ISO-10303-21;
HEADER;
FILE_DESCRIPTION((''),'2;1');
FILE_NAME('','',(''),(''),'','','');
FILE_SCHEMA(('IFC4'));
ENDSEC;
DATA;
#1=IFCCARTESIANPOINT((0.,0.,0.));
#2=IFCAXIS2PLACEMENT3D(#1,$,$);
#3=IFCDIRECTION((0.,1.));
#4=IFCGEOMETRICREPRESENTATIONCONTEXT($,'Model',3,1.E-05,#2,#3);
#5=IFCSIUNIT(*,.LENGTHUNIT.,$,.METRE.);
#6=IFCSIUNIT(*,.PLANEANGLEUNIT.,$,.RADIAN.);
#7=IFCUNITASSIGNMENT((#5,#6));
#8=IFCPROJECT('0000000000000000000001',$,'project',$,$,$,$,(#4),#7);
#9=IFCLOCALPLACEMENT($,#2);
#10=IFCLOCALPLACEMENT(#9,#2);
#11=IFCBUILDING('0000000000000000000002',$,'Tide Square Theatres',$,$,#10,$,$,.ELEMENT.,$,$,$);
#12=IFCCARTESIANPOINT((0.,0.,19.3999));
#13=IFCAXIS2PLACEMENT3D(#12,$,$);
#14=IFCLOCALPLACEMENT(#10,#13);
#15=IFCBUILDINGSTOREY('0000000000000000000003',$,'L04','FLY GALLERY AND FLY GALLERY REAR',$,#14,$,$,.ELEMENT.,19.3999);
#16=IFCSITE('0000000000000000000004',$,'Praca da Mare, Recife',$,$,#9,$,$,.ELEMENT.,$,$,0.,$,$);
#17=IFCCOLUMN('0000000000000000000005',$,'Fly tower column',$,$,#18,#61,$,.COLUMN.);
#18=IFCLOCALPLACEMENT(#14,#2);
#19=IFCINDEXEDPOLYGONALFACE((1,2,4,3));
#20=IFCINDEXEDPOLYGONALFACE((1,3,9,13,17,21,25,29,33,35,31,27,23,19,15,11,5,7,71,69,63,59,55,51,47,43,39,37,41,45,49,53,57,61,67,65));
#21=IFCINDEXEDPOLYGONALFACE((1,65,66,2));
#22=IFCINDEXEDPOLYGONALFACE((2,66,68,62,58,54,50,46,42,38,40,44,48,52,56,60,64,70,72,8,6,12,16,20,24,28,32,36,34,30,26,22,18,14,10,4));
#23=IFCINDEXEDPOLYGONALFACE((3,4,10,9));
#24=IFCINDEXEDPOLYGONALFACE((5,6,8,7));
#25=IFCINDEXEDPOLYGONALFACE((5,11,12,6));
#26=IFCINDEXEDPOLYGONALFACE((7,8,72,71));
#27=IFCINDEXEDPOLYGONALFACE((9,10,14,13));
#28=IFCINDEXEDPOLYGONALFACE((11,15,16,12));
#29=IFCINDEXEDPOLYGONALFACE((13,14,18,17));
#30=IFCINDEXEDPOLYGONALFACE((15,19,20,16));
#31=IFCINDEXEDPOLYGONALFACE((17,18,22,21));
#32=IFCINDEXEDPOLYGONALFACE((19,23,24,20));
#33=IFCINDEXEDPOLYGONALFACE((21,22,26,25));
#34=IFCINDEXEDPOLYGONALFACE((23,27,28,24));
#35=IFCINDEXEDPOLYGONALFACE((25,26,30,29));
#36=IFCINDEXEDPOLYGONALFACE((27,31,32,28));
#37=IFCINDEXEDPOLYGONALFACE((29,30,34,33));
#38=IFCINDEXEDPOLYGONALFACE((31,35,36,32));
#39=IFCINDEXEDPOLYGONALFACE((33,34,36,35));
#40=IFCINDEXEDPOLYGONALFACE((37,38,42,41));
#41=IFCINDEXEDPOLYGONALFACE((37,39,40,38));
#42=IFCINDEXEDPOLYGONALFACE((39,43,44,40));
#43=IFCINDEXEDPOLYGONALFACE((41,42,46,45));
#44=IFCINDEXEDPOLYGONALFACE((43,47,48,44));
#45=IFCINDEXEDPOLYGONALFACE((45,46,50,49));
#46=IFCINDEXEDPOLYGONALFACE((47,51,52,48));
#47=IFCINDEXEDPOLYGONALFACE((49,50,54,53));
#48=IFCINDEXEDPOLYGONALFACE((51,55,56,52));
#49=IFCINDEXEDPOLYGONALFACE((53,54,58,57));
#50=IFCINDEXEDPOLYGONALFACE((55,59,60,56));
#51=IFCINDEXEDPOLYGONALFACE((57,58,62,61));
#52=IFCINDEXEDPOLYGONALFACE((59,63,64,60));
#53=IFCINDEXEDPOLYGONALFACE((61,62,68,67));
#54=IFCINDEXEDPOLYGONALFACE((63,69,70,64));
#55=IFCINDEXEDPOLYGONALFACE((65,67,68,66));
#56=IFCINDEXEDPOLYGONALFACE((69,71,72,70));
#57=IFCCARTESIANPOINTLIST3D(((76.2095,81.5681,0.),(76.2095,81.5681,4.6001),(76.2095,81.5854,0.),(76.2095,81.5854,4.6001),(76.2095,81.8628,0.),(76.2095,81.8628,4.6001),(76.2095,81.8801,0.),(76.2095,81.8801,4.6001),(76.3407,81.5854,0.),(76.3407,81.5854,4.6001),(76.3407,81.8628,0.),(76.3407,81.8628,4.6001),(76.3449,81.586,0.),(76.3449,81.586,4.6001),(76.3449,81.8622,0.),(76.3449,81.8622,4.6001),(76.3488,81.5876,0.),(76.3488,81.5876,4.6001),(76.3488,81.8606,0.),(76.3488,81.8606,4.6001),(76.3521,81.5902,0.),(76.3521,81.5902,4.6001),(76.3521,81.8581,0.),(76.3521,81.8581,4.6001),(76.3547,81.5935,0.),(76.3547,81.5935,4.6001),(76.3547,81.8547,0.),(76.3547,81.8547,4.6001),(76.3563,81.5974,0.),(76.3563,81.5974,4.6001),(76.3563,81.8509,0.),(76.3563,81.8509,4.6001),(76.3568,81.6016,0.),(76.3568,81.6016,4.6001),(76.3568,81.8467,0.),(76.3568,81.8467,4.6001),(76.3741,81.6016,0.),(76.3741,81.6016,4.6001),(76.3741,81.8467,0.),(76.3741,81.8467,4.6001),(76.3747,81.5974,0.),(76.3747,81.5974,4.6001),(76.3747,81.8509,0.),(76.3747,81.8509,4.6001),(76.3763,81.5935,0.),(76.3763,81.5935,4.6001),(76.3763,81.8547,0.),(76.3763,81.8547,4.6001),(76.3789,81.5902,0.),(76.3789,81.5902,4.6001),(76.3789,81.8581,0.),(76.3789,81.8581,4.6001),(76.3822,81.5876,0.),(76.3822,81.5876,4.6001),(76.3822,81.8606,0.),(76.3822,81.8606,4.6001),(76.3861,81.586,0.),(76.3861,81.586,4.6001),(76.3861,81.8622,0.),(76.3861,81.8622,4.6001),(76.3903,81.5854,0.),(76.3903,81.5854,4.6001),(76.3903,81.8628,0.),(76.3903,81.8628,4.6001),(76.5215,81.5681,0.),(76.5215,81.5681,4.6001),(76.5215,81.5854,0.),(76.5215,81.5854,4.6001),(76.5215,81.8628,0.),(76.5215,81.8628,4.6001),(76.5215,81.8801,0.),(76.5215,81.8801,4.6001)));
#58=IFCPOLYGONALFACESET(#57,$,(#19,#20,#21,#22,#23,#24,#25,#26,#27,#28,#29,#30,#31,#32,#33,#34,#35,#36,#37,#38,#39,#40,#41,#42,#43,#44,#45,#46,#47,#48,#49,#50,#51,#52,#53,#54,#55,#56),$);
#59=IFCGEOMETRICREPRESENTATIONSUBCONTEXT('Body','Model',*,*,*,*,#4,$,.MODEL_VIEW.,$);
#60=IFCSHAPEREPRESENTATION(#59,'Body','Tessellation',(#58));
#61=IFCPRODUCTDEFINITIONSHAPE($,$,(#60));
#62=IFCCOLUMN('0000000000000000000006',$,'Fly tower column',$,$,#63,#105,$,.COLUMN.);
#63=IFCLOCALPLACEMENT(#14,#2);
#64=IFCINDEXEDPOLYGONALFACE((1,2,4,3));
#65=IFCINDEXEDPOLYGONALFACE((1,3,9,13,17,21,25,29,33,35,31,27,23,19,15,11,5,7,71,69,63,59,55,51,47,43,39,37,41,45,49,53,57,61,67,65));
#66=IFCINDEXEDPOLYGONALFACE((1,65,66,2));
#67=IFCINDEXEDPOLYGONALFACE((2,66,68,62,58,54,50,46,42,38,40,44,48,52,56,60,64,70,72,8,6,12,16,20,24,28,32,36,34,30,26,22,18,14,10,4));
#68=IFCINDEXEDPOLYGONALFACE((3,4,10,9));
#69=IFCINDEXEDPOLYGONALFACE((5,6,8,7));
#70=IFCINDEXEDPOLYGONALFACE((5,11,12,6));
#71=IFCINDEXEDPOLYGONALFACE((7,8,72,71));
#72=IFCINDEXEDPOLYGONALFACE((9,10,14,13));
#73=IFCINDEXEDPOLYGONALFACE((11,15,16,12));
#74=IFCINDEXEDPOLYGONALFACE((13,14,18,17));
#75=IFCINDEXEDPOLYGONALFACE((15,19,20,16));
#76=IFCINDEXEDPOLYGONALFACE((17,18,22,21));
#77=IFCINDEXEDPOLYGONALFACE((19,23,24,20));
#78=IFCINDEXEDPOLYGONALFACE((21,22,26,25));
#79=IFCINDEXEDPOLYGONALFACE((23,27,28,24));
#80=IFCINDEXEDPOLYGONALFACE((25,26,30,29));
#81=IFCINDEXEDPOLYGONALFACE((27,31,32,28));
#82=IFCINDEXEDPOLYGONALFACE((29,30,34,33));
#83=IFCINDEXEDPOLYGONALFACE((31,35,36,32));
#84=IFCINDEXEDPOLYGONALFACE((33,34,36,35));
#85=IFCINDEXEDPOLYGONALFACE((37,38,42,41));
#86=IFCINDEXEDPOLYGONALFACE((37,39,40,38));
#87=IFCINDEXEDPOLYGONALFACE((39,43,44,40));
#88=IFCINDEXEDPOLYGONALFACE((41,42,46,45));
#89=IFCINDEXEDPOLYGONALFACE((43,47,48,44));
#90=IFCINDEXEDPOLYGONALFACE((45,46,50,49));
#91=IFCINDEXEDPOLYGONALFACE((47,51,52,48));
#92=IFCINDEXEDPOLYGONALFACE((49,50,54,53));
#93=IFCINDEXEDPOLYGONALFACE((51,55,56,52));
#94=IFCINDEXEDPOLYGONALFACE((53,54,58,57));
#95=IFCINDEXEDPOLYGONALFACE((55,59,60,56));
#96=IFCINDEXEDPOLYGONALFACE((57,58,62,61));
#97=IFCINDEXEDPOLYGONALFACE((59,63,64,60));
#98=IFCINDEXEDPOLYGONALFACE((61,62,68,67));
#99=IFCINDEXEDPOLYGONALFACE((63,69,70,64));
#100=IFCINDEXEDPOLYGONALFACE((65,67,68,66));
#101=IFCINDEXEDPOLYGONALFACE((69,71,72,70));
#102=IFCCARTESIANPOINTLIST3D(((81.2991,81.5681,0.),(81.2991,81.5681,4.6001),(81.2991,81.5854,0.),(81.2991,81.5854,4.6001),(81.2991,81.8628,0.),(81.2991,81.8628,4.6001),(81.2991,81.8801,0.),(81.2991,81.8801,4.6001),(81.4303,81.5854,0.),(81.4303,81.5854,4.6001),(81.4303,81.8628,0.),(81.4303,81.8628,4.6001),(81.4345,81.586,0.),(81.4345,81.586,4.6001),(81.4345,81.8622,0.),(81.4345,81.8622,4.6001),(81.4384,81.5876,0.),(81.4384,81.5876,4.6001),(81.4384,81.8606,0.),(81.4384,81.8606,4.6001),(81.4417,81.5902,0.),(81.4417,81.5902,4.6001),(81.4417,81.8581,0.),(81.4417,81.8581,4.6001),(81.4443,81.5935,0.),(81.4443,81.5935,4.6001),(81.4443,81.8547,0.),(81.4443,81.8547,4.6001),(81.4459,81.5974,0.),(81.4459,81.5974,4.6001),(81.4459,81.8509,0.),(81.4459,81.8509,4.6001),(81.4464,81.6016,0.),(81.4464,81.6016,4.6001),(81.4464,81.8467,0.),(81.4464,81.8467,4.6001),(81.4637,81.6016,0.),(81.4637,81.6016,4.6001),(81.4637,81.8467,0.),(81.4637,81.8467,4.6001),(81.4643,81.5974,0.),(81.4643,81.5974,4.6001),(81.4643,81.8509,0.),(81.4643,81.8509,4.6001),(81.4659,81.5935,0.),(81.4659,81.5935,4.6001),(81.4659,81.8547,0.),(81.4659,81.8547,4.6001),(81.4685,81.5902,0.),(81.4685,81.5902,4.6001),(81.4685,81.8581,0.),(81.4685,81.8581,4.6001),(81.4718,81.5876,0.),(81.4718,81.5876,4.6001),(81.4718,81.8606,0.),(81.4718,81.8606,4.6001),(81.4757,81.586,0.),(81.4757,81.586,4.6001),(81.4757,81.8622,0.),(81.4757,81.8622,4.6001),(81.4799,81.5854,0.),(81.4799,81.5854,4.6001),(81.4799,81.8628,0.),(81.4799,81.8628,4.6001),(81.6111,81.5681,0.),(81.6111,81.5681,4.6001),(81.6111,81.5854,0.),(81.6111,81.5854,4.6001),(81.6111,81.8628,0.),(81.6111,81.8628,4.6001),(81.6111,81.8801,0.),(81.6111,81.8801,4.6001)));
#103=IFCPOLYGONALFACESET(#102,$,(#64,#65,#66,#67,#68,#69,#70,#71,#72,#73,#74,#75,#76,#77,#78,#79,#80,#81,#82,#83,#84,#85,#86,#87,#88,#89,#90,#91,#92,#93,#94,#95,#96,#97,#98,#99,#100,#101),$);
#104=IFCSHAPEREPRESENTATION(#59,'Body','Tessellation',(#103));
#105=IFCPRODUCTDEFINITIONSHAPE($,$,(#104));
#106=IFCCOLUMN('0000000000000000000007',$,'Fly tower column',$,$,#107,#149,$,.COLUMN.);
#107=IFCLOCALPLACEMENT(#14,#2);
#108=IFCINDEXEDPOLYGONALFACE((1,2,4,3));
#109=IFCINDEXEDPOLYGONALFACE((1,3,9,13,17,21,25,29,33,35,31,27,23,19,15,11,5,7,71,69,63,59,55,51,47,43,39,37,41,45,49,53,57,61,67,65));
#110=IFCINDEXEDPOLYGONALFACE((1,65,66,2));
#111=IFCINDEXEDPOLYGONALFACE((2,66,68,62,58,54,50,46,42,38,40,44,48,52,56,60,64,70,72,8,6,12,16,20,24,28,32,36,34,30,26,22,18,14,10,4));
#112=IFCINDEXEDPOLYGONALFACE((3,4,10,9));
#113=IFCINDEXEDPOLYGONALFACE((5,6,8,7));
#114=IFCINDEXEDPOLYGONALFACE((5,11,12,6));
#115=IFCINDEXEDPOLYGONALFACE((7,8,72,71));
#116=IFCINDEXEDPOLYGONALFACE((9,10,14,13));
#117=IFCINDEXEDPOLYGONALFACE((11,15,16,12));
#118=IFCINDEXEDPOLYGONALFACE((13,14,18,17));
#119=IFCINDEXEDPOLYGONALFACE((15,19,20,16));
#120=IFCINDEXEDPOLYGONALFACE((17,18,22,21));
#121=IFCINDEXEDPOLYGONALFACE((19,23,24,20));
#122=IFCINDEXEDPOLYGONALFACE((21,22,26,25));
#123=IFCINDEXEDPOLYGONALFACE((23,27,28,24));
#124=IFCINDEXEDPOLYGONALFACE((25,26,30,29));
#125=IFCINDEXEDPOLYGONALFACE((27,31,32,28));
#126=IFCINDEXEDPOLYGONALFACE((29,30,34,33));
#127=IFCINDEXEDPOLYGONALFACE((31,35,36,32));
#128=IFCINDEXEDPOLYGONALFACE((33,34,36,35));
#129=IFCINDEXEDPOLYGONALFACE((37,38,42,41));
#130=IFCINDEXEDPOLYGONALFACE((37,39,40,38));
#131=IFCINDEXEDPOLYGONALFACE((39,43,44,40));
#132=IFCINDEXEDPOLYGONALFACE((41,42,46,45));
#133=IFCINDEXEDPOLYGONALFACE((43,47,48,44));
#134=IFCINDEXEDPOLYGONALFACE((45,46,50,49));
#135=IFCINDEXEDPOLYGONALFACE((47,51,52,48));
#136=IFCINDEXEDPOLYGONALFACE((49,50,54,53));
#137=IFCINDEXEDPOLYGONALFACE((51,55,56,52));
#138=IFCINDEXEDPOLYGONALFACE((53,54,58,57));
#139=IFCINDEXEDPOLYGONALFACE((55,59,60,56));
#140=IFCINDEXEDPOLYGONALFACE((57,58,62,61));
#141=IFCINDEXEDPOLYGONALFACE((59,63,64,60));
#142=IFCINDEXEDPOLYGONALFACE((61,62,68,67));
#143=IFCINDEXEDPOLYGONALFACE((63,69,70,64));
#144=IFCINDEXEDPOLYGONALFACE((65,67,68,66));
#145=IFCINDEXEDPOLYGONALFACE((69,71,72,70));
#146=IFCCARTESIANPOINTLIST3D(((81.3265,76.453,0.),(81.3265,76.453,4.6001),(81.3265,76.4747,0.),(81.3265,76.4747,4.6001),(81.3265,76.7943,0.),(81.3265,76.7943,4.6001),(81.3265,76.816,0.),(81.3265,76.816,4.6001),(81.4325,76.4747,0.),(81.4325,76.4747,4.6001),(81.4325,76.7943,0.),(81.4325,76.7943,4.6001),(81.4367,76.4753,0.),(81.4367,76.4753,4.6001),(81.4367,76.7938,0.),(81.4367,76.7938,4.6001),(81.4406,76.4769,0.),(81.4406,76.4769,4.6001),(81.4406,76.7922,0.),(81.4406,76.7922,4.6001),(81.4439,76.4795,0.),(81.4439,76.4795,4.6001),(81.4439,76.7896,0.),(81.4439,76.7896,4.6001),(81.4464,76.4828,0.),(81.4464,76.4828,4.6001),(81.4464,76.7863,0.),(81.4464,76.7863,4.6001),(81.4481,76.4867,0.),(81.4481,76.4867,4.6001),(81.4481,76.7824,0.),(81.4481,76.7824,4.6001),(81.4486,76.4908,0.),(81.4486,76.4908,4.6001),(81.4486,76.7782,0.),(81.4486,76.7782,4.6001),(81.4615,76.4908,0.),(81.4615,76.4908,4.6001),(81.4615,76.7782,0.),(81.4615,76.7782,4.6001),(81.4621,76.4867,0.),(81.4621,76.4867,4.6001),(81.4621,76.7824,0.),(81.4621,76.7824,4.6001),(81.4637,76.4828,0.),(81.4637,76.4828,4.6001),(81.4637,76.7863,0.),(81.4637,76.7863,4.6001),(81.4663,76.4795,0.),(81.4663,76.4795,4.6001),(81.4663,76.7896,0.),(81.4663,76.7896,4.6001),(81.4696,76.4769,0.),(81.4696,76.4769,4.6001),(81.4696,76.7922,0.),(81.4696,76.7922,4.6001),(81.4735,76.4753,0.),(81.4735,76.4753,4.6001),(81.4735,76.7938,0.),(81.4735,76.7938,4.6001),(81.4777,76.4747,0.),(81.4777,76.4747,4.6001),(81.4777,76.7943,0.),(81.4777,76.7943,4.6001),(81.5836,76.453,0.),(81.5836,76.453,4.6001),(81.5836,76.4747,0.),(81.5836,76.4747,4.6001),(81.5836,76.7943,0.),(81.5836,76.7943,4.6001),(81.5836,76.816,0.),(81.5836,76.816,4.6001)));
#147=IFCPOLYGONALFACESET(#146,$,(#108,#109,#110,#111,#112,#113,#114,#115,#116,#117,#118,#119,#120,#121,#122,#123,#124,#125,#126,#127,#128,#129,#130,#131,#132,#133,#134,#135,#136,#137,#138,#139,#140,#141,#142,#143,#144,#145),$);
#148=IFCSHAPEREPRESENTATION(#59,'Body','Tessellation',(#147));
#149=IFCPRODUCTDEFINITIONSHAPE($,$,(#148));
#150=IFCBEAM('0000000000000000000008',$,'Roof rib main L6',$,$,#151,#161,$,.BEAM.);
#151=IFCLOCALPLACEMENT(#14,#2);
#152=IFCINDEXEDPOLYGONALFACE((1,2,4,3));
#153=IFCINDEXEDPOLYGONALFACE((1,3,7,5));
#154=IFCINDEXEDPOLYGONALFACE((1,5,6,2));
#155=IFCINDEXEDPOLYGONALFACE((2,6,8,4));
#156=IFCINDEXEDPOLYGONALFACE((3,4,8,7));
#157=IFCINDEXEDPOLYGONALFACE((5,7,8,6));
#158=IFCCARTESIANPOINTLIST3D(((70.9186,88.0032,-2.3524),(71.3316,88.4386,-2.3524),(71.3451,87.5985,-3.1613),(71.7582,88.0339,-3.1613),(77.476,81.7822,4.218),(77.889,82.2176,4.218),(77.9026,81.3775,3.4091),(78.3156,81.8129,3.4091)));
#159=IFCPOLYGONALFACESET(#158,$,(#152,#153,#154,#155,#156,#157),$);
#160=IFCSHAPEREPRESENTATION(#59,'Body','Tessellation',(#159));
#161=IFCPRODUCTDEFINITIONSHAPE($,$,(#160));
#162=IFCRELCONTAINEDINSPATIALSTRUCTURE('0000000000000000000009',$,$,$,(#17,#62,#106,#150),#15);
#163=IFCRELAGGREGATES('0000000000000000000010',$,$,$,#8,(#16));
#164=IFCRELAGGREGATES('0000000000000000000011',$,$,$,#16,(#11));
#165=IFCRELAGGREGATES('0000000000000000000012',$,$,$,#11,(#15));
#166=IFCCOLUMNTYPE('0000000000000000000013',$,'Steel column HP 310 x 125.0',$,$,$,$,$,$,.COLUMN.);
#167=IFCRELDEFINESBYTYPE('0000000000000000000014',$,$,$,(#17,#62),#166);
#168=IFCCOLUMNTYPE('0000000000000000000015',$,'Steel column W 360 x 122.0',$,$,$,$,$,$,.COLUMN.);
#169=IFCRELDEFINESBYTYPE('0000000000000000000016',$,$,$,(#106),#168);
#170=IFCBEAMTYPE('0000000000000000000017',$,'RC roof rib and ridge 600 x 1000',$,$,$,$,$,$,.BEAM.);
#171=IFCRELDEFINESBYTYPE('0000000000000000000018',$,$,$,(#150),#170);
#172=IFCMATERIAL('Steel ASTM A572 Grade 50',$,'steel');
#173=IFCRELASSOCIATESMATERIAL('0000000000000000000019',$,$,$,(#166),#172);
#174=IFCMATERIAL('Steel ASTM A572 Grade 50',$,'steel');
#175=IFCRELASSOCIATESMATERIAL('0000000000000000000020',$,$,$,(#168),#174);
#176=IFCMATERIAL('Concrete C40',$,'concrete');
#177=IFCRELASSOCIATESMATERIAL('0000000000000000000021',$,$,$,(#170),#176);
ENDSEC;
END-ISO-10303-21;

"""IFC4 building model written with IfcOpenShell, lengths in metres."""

from ifc_helpers import new_model, si_unit, direction, frame, origin, origin_2d, place, context, subcontext, project, spatial, rectangle, i_section, extrude, material, material_profile, profile_set, type_object, element, save


model = new_model("IFC4")

# Units and contexts
model_context = context("Model", 3, precision=1e-05, world=origin(), true_north=direction((0.0, 1.0)))
body_context = subcontext(model_context, "Body", "Model", "MODEL_VIEW")
ifc_project = project(units=[si_unit("LENGTHUNIT", "METRE"), si_unit("PLANEANGLEUNIT", "RADIAN")], contexts=[model_context])

# Site, building, storey
site_placement = place(None, origin())
site = spatial("IfcSite", under=ifc_project, at=site_placement, Name="Praca da Mare, Recife", CompositionType="ELEMENT", RefElevation=0.0)
building_placement = place(site_placement, origin())
building = spatial("IfcBuilding", under=site, at=building_placement, Name="Tide Square Theatres", CompositionType="ELEMENT")
storey_placement = place(building_placement, frame((0.0, 0.0, 19.3999)))
storey = spatial("IfcBuildingStorey", under=building, at=storey_placement, Name="L04", Description="FLY GALLERY AND FLY GALLERY REAR", CompositionType="ELEMENT", Elevation=19.3999)

# Columns
ifc_material_1 = material(Name="Steel ASTM A572 Grade 50", Category="steel")
ifc_material_profile_1 = material_profile(ifc_material_1, i_section(OverallWidth=0.312, OverallDepth=0.312, WebThickness=0.0173, FlangeThickness=0.0173, FilletRadius=0.0161, at=origin_2d()))
ifc_profile_set_1 = profile_set([ifc_material_profile_1], Name="Steel ASTM A572 Grade 50")
column_type_1 = type_object("IfcColumnType", Name="Steel column HP 310 x 125.0", PredefinedType="COLUMN", material=ifc_profile_set_1)
for number, where, z_axis, x_axis, name in (
    (1, (76.3655, 81.7241, 0.0), (0.0, 0.0, 1.0), (1.0, 0.0, 0.0), "Fly tower column"),
    (2, (81.4551, 81.7241, 0.0), (0.0, 0.0, 1.0), (1.0, 0.0, 0.0), "Fly tower column"),
):
    element("IfcColumn", number, at=place(storey_placement, frame(where, z_axis=z_axis, x_axis=x_axis)), inside=storey, type_object=column_type_1, Name=name, PredefinedType="COLUMN", context=body_context, shape_type="SweptSolid", body=[
        extrude(i_section(OverallWidth=0.312, OverallDepth=0.312, WebThickness=0.0173, FlangeThickness=0.0173, FilletRadius=0.0161, at=origin_2d()), origin(), (0.0, 0.0, 1.0), 4.6001),
    ])
ifc_material_2 = material(Name="Steel ASTM A572 Grade 50", Category="steel")
ifc_material_profile_2 = material_profile(ifc_material_2, i_section(OverallWidth=0.2571, OverallDepth=0.363, WebThickness=0.0129, FlangeThickness=0.0217, FilletRadius=0.0161, at=origin_2d()))
ifc_profile_set_2 = profile_set([ifc_material_profile_2], Name="Steel ASTM A572 Grade 50")
column_type_2 = type_object("IfcColumnType", Name="Steel column W 360 x 122.0", PredefinedType="COLUMN", material=ifc_profile_set_2)
column_placement = place(storey_placement, frame((81.4551, 76.6345, 0.0), z_axis=(0.0, 0.0, 1.0), x_axis=(1.0, 0.0, 0.0)))
element("IfcColumn", 3, at=column_placement, inside=storey, type_object=column_type_2, Name="Fly tower column", PredefinedType="COLUMN", context=body_context, shape_type="SweptSolid", body=[
    extrude(i_section(OverallWidth=0.2571, OverallDepth=0.363, WebThickness=0.0129, FlangeThickness=0.0217, FilletRadius=0.0161, at=origin_2d()), origin(), (0.0, 0.0, 1.0), 4.6001),
])

# Beam
ifc_material_3 = material(Name="Concrete C40", Category="concrete")
ifc_material_profile_3 = material_profile(ifc_material_3, rectangle(XDim=0.6001, YDim=1.0, at=origin_2d()))
ifc_profile_set_3 = profile_set([ifc_material_profile_3], Name="Concrete C40")
beam_type_1 = type_object("IfcBeamType", Name="RC roof rib and ridge 600 x 1000", PredefinedType="BEAM", material=ifc_profile_set_3)
beam_1_placement = place(storey_placement, frame((71.3384, 88.0186, -2.7568), z_axis=(0.586818, -0.556712, 0.587976), x_axis=(0.688252, 0.725472, 0.0)))
element("IfcBeam", 4, at=beam_1_placement, inside=storey, type_object=beam_type_1, Name="Roof rib main L6", PredefinedType="BEAM", context=body_context, shape_type="SweptSolid", body=[
    extrude(rectangle(XDim=0.6001, YDim=1.0, at=origin_2d()), origin(), (0.0, 0.0, 1.0), 11.1746),
])

save(model, "model.ifc")
